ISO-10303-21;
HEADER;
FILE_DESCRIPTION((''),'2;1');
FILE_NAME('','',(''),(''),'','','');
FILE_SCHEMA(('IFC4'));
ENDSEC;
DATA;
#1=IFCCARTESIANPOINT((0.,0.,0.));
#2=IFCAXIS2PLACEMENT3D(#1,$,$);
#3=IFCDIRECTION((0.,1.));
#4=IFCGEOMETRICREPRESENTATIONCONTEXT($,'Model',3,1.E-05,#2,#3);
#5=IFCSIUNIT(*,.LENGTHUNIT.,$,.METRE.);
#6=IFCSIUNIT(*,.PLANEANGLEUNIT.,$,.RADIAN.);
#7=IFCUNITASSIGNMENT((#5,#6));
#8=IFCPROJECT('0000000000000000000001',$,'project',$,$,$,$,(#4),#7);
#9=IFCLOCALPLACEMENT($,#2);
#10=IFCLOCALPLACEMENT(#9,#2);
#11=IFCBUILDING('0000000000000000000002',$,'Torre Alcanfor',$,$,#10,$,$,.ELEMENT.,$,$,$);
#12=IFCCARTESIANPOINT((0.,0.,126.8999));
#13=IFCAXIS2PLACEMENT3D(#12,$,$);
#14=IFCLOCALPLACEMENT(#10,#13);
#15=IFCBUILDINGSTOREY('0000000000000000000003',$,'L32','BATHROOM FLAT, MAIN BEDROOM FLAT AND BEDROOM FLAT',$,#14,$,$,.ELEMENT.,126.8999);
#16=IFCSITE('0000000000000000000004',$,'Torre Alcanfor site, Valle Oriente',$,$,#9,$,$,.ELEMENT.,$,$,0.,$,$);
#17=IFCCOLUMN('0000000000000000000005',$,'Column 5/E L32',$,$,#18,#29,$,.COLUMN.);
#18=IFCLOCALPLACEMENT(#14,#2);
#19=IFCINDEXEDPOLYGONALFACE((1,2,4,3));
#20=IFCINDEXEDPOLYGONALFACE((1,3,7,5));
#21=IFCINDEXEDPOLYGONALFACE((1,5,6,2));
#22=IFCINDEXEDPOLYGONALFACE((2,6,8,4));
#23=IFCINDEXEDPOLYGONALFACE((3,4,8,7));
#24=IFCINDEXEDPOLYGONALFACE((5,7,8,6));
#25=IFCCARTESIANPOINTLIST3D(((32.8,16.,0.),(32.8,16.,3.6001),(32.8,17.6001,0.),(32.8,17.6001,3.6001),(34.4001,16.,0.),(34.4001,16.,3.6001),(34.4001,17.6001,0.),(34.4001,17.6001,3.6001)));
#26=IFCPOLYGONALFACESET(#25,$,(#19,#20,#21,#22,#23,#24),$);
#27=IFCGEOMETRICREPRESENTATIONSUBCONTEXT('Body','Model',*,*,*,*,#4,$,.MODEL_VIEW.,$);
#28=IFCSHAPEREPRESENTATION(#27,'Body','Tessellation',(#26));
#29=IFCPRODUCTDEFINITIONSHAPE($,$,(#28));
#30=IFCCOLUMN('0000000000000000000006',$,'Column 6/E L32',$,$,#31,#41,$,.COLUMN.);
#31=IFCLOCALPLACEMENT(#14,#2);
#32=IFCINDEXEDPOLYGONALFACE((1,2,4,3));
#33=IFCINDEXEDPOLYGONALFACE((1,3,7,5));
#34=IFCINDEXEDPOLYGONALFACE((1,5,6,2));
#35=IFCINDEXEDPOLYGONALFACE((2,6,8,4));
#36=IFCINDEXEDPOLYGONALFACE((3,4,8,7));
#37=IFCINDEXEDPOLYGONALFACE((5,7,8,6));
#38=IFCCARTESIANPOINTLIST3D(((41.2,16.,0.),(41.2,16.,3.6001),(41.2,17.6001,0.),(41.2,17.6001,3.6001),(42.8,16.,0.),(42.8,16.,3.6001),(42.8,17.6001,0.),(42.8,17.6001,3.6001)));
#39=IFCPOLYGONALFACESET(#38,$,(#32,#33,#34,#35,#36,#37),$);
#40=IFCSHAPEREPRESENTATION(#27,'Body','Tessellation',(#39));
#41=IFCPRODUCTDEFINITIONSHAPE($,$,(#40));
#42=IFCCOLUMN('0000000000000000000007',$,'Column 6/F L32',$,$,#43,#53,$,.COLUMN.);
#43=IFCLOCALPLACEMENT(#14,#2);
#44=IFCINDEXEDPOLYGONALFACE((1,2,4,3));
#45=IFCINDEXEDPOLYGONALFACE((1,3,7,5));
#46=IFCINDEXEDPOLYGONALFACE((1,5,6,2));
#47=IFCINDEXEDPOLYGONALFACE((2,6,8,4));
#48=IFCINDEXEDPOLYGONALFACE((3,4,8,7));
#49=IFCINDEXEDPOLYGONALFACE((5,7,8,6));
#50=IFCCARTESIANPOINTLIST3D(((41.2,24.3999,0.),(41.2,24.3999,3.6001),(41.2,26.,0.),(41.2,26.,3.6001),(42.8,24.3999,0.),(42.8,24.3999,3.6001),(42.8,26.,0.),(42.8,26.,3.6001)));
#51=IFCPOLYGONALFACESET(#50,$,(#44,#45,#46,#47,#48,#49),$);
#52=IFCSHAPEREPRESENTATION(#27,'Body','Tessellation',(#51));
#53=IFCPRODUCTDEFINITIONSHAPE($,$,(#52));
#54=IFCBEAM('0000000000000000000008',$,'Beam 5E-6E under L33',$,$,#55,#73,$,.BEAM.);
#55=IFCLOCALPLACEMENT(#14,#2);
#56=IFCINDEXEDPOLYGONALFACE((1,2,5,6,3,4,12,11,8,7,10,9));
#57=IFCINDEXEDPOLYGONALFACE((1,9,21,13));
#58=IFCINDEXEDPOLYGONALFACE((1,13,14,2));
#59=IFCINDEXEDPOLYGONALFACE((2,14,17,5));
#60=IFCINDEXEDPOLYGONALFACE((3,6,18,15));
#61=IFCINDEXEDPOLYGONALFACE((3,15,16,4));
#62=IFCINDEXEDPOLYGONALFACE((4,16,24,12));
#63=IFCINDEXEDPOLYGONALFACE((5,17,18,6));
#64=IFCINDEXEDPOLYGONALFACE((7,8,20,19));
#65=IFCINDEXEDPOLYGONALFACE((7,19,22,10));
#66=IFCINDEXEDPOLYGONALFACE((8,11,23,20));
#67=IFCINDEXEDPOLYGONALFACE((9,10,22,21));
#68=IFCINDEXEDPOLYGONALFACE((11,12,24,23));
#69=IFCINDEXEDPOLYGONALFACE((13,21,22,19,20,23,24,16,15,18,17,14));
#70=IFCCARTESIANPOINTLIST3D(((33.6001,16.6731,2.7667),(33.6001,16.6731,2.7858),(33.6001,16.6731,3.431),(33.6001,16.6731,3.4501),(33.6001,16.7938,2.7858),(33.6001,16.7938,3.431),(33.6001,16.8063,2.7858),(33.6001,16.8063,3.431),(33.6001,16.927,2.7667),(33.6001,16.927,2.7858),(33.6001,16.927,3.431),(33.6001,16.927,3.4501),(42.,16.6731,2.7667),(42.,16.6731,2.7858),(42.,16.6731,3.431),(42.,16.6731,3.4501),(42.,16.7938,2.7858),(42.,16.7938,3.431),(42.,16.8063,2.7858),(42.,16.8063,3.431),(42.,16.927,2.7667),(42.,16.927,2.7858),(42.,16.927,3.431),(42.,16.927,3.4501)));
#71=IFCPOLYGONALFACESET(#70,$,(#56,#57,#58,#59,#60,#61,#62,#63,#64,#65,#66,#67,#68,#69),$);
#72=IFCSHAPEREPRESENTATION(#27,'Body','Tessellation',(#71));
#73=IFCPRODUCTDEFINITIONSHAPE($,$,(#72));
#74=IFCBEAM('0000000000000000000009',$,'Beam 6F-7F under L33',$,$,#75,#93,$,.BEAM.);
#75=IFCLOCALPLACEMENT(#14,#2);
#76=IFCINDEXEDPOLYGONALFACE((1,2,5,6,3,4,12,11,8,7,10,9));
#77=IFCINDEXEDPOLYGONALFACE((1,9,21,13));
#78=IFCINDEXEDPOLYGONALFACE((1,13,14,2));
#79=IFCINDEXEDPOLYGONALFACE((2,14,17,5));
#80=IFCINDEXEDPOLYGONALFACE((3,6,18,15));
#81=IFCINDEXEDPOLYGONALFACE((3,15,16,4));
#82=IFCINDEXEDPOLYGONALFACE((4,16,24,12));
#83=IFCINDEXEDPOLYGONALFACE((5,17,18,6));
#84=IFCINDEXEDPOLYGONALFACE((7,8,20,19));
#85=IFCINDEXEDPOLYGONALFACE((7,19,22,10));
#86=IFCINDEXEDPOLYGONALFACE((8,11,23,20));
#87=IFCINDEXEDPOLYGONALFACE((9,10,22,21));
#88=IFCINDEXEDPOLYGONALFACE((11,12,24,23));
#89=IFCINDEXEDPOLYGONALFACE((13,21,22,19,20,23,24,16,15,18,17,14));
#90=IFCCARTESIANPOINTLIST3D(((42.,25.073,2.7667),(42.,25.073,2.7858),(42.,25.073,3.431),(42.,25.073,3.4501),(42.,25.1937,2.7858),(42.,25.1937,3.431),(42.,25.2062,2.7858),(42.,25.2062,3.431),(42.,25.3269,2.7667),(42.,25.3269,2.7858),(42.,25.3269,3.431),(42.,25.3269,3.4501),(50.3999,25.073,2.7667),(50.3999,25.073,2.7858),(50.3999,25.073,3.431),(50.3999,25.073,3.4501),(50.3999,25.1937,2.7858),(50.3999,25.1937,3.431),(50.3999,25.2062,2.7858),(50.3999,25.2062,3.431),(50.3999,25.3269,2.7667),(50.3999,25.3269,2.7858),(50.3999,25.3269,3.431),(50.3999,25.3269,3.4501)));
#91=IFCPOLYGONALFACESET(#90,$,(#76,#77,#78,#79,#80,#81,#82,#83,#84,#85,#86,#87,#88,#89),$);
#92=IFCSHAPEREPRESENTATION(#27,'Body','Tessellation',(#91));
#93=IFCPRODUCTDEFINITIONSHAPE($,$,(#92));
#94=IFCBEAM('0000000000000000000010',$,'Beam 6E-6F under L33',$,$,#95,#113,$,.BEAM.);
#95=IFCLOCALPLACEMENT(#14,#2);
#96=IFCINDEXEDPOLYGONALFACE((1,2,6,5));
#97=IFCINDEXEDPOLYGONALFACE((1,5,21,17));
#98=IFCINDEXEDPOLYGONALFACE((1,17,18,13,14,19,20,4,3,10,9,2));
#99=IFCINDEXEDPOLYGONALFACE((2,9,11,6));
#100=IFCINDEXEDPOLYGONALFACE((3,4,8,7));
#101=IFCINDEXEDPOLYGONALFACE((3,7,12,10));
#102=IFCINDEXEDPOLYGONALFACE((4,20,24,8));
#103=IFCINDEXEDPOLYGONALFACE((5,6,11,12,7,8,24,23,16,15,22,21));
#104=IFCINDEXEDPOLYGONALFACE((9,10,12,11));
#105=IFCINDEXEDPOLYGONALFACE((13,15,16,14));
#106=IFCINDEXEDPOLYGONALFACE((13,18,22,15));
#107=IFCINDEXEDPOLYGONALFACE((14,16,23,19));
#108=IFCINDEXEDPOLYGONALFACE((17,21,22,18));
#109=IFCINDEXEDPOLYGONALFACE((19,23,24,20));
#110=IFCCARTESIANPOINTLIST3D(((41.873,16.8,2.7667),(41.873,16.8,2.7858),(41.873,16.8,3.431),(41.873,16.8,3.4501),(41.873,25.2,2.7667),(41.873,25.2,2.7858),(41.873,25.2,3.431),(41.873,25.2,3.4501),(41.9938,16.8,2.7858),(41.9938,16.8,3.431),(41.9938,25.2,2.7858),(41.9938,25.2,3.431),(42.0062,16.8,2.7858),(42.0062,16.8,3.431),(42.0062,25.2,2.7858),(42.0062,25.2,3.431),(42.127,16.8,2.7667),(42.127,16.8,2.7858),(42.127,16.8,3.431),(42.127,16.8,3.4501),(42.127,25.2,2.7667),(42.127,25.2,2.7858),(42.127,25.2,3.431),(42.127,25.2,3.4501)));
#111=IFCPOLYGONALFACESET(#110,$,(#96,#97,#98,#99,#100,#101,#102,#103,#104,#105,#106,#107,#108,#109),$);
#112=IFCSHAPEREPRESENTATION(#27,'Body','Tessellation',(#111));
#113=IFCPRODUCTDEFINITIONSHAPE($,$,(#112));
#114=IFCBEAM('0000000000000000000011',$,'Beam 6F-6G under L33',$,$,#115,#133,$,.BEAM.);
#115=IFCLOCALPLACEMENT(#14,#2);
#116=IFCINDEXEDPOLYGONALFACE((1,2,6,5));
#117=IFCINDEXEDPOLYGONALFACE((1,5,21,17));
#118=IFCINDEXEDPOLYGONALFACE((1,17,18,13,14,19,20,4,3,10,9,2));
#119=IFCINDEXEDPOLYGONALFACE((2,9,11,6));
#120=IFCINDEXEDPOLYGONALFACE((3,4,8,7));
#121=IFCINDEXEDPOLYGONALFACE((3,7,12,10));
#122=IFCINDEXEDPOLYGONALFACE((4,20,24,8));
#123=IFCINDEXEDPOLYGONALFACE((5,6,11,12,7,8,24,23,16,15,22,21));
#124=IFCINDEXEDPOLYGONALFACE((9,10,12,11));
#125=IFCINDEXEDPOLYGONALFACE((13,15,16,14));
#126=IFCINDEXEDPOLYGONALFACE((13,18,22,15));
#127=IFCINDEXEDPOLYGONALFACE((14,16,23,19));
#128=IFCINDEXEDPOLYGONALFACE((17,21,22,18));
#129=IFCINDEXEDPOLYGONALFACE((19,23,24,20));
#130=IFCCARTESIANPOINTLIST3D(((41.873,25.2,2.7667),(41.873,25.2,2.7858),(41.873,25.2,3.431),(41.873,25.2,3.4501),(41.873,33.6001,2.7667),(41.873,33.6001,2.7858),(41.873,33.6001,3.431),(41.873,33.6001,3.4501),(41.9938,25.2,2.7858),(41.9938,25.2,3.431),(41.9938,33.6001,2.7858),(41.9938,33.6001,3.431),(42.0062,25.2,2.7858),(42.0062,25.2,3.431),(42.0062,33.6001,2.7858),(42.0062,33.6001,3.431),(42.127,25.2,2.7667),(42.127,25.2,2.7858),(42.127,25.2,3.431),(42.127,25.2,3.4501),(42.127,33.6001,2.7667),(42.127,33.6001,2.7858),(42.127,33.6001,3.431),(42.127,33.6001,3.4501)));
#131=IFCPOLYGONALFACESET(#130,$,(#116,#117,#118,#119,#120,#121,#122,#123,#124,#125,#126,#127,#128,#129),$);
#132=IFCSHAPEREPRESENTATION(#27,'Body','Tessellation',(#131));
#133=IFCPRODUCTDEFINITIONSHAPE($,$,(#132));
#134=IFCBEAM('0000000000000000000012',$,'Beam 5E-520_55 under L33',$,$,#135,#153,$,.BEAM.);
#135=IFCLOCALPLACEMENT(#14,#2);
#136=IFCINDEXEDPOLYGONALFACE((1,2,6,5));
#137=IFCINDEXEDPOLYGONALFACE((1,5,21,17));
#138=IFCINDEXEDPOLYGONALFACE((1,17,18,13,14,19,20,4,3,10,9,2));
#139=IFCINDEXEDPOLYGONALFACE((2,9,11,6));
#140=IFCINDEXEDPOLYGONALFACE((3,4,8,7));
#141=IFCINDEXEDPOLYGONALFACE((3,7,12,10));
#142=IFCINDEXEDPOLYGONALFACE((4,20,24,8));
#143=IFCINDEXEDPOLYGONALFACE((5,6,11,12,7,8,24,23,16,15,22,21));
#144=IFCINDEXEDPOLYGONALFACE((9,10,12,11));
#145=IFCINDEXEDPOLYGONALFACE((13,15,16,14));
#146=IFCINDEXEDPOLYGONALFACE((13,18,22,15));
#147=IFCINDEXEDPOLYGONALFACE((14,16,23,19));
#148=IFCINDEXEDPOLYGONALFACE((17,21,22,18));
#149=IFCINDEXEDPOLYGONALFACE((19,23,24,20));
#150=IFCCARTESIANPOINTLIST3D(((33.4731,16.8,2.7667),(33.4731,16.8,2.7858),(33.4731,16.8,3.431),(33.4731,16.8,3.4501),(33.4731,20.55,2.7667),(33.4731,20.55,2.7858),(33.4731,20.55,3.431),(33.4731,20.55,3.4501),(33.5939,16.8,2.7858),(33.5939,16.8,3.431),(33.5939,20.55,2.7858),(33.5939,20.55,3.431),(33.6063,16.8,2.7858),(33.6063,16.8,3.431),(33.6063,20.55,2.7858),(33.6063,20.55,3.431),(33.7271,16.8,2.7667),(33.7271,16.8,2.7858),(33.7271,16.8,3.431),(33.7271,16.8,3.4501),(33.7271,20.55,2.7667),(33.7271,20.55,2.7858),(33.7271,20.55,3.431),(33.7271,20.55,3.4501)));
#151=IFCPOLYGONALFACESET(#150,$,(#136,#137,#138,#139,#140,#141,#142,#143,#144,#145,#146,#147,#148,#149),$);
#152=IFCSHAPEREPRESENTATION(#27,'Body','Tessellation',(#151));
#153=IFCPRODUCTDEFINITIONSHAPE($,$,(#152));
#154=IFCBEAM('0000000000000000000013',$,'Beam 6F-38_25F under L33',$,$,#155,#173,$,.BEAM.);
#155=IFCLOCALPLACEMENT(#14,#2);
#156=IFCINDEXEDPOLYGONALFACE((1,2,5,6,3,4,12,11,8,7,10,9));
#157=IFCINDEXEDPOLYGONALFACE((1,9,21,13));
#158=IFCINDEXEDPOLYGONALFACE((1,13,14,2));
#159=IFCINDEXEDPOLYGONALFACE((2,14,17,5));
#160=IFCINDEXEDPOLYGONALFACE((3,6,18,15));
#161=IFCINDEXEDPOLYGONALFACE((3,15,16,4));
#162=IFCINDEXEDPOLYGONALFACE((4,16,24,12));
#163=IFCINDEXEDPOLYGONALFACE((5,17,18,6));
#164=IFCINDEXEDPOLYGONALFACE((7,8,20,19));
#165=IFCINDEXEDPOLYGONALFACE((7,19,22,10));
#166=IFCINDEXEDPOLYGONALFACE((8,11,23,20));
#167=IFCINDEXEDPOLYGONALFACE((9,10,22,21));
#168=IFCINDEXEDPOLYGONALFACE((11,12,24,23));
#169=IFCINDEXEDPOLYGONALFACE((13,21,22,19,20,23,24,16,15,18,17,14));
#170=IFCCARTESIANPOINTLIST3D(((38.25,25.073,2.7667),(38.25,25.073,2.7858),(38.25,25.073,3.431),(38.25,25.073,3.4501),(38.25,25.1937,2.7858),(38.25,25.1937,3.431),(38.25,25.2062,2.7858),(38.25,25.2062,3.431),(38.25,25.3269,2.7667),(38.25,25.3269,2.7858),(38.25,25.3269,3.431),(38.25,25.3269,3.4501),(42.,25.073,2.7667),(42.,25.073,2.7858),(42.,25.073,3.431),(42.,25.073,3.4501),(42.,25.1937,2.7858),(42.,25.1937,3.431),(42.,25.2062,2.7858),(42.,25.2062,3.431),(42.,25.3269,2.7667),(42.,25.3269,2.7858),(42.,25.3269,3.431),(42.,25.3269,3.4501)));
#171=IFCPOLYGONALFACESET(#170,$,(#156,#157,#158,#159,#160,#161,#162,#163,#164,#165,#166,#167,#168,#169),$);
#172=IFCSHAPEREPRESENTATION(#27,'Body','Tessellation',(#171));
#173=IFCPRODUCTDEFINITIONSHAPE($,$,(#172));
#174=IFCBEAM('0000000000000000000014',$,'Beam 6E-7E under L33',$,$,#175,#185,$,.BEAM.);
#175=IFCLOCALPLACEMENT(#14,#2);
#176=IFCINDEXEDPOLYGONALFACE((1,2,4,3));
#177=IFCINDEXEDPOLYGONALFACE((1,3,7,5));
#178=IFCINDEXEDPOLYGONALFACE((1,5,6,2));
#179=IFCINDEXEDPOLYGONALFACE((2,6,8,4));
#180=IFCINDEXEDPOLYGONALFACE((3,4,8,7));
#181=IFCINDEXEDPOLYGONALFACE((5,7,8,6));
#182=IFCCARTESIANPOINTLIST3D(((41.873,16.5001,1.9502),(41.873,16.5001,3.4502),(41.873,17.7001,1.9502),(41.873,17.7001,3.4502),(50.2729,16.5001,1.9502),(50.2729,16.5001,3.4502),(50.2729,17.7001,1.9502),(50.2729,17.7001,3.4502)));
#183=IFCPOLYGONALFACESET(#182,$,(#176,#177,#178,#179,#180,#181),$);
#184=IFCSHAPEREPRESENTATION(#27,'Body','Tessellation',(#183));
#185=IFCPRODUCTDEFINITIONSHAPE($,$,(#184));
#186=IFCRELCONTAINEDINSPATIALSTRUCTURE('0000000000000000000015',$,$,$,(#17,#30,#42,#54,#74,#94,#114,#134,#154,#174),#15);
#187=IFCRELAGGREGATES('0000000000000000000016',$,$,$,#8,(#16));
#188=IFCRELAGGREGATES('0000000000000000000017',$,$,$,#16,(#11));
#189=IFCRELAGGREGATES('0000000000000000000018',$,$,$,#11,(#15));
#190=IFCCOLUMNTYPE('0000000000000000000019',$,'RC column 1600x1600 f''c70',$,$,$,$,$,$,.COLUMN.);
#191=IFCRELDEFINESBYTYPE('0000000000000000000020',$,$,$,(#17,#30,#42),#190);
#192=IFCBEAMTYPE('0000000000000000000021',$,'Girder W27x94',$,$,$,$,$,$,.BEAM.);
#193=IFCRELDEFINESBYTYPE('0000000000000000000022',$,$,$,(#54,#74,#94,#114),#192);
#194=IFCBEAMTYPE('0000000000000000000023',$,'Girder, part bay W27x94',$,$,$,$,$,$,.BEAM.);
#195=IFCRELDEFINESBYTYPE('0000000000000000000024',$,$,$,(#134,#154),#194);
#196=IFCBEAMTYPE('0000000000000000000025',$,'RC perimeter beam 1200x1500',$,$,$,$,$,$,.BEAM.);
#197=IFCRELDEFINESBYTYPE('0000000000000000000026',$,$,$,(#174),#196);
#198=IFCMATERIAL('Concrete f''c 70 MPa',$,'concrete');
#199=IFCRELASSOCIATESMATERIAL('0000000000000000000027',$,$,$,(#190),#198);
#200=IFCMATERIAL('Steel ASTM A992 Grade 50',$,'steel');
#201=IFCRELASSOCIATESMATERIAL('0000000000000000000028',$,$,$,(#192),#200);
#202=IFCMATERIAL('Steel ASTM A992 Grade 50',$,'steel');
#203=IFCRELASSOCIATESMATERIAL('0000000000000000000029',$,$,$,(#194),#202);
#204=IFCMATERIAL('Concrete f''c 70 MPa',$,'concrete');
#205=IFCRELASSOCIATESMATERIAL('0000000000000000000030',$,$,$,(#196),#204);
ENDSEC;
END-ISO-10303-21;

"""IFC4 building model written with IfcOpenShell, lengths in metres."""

from ifc_helpers import new_model, si_unit, direction, frame, origin, origin_2d, place, context, subcontext, project, spatial, rectangle, i_section, extrude, material, material_profile, profile_set, type_object, element, save


model = new_model("IFC4")

# Units and contexts
model_context = context("Model", 3, precision=1e-05, world=origin(), true_north=direction((0.0, 1.0)))
body_context = subcontext(model_context, "Body", "Model", "MODEL_VIEW")
ifc_project = project(units=[si_unit("LENGTHUNIT", "METRE"), si_unit("PLANEANGLEUNIT", "RADIAN")], contexts=[model_context])

# Site, building, storey
site_placement = place(None, origin())
site = spatial("IfcSite", under=ifc_project, at=site_placement, Name="Torre Alcanfor site, Valle Oriente", CompositionType="ELEMENT", RefElevation=0.0)
building_placement = place(site_placement, origin())
building = spatial("IfcBuilding", under=site, at=building_placement, Name="Torre Alcanfor", CompositionType="ELEMENT")
storey_placement = place(building_placement, frame((0.0, 0.0, 126.8999)))
storey = spatial("IfcBuildingStorey", under=building, at=storey_placement, Name="L32", Description="BATHROOM FLAT, MAIN BEDROOM FLAT AND BEDROOM FLAT", CompositionType="ELEMENT", Elevation=126.8999)

# Columns
ifc_material_1 = material(Name="Concrete f'c 70 MPa", Category="concrete")
ifc_material_profile_1 = material_profile(ifc_material_1, rectangle(XDim=1.6001, YDim=1.6001, at=origin_2d()), Name="1600x1600")
ifc_profile_set_1 = profile_set([ifc_material_profile_1], Name="Concrete f'c 70 MPa")
column_type = type_object("IfcColumnType", Name="RC column 1600x1600 f'c70", PredefinedType="COLUMN", material=ifc_profile_set_1)
for number, where, z_axis, x_axis, name in (
    (1, (33.6001, 16.8, 0.0), (0.0, 0.0, 1.0), (1.0, 0.0, 0.0), "Column 5/E L32"),
    (2, (42.0, 16.8, 0.0), (0.0, 0.0, 1.0), (1.0, 0.0, 0.0), "Column 6/E L32"),
    (3, (42.0, 25.2, 0.0), (0.0, 0.0, 1.0), (1.0, 0.0, 0.0), "Column 6/F L32"),
):
    element("IfcColumn", number, at=place(storey_placement, frame(where, z_axis=z_axis, x_axis=x_axis)), inside=storey, type_object=column_type, Name=name, PredefinedType="COLUMN", context=body_context, shape_type="SweptSolid", body=[
        extrude(rectangle(XDim=1.6001, YDim=1.6001, at=origin_2d()), origin(), (0.0, 0.0, 1.0), 3.6001),
    ])

# Beams
ifc_material_2 = material(Name="Steel ASTM A992 Grade 50", Category="steel")
ifc_material_profile_2 = material_profile(ifc_material_2, i_section(OverallWidth=0.2539, OverallDepth=0.6833, WebThickness=0.0125, FlangeThickness=0.019, at=origin_2d()), Name="W27x94")
ifc_profile_set_2 = profile_set([ifc_material_profile_2], Name="Steel ASTM A992 Grade 50")
beam_type_1 = type_object("IfcBeamType", Name="Girder W27x94", PredefinedType="BEAM", material=ifc_profile_set_2)
for number, where, z_axis, x_axis, name in (
    (4, (33.6001, 16.8, 3.1084), (1.0, 0.0, 0.0), (0.0, 1.0, 0.0), "Beam 5E-6E under L33"),
    (5, (42.0, 25.2, 3.1084), (1.0, 0.0, 0.0), (0.0, 1.0, 0.0), "Beam 6F-7F under L33"),
    (6, (42.0, 16.8, 3.1084), (0.0, 1.0, 0.0), (-1.0, 0.0, 0.0), "Beam 6E-6F under L33"),
):
    element("IfcBeam", number, at=place(storey_placement, frame(where, z_axis=z_axis, x_axis=x_axis)), inside=storey, type_object=beam_type_1, Name=name, PredefinedType="BEAM", context=body_context, shape_type="SweptSolid", body=[
        extrude(i_section(OverallWidth=0.2539, OverallDepth=0.6833, WebThickness=0.0125, FlangeThickness=0.019, at=origin_2d()), origin(), (0.0, 0.0, 1.0), 8.3999),
    ])
beam_1_placement = place(storey_placement, frame((42.0, 25.2, 3.1084), z_axis=(0.0, 1.0, 0.0), x_axis=(-1.0, 0.0, 0.0)))
element("IfcBeam", 7, at=beam_1_placement, inside=storey, type_object=beam_type_1, Name="Beam 6F-6G under L33", PredefinedType="BEAM", context=body_context, shape_type="SweptSolid", body=[
    extrude(i_section(OverallWidth=0.2539, OverallDepth=0.6833, WebThickness=0.0125, FlangeThickness=0.019, at=origin_2d()), origin(), (0.0, 0.0, 1.0), 8.4001),
])
ifc_material_3 = material(Name="Steel ASTM A992 Grade 50", Category="steel")
ifc_material_profile_3 = material_profile(ifc_material_3, i_section(OverallWidth=0.2539, OverallDepth=0.6833, WebThickness=0.0125, FlangeThickness=0.019, at=origin_2d()), Name="W27x94")
ifc_profile_set_3 = profile_set([ifc_material_profile_3], Name="Steel ASTM A992 Grade 50")
beam_type_2 = type_object("IfcBeamType", Name="Girder, part bay W27x94", PredefinedType="BEAM", material=ifc_profile_set_3)
for number, where, z_axis, x_axis, name in (
    (8, (33.6001, 16.8, 3.1084), (0.0, 1.0, 0.0), (-1.0, 0.0, 0.0), "Beam 5E-520_55 under L33"),
    (9, (42.0, 25.2, 3.1084), (-1.0, 0.0, 0.0), (0.0, -1.0, 0.0), "Beam 6F-38_25F under L33"),
):
    element("IfcBeam", number, at=place(storey_placement, frame(where, z_axis=z_axis, x_axis=x_axis)), inside=storey, type_object=beam_type_2, Name=name, PredefinedType="BEAM", context=body_context, shape_type="SweptSolid", body=[
        extrude(i_section(OverallWidth=0.2539, OverallDepth=0.6833, WebThickness=0.0125, FlangeThickness=0.019, at=origin_2d()), origin(), (0.0, 0.0, 1.0), 3.75),
    ])
ifc_material_4 = material(Name="Concrete f'c 70 MPa", Category="concrete")
ifc_material_profile_4 = material_profile(ifc_material_4, rectangle(XDim=1.2, YDim=1.5, at=origin_2d()), Name="1200x1500")
ifc_profile_set_4 = profile_set([ifc_material_profile_4], Name="Concrete f'c 70 MPa")
beam_type_3 = type_object("IfcBeamType", Name="RC perimeter beam 1200x1500", PredefinedType="BEAM", material=ifc_profile_set_4)
beam_2_placement = place(storey_placement, frame((41.873, 17.1001, 2.7002), z_axis=(1.0, 0.0, 0.0), x_axis=(0.0, 1.0, 0.0)))
element("IfcBeam", 10, at=beam_2_placement, inside=storey, type_object=beam_type_3, Name="Beam 6E-7E under L33", PredefinedType="BEAM", context=body_context, shape_type="SweptSolid", body=[
    extrude(rectangle(XDim=1.2, YDim=1.5, at=origin_2d()), origin(), (0.0, 0.0, 1.0), 8.3999),
])

save(model, "model.ifc")
